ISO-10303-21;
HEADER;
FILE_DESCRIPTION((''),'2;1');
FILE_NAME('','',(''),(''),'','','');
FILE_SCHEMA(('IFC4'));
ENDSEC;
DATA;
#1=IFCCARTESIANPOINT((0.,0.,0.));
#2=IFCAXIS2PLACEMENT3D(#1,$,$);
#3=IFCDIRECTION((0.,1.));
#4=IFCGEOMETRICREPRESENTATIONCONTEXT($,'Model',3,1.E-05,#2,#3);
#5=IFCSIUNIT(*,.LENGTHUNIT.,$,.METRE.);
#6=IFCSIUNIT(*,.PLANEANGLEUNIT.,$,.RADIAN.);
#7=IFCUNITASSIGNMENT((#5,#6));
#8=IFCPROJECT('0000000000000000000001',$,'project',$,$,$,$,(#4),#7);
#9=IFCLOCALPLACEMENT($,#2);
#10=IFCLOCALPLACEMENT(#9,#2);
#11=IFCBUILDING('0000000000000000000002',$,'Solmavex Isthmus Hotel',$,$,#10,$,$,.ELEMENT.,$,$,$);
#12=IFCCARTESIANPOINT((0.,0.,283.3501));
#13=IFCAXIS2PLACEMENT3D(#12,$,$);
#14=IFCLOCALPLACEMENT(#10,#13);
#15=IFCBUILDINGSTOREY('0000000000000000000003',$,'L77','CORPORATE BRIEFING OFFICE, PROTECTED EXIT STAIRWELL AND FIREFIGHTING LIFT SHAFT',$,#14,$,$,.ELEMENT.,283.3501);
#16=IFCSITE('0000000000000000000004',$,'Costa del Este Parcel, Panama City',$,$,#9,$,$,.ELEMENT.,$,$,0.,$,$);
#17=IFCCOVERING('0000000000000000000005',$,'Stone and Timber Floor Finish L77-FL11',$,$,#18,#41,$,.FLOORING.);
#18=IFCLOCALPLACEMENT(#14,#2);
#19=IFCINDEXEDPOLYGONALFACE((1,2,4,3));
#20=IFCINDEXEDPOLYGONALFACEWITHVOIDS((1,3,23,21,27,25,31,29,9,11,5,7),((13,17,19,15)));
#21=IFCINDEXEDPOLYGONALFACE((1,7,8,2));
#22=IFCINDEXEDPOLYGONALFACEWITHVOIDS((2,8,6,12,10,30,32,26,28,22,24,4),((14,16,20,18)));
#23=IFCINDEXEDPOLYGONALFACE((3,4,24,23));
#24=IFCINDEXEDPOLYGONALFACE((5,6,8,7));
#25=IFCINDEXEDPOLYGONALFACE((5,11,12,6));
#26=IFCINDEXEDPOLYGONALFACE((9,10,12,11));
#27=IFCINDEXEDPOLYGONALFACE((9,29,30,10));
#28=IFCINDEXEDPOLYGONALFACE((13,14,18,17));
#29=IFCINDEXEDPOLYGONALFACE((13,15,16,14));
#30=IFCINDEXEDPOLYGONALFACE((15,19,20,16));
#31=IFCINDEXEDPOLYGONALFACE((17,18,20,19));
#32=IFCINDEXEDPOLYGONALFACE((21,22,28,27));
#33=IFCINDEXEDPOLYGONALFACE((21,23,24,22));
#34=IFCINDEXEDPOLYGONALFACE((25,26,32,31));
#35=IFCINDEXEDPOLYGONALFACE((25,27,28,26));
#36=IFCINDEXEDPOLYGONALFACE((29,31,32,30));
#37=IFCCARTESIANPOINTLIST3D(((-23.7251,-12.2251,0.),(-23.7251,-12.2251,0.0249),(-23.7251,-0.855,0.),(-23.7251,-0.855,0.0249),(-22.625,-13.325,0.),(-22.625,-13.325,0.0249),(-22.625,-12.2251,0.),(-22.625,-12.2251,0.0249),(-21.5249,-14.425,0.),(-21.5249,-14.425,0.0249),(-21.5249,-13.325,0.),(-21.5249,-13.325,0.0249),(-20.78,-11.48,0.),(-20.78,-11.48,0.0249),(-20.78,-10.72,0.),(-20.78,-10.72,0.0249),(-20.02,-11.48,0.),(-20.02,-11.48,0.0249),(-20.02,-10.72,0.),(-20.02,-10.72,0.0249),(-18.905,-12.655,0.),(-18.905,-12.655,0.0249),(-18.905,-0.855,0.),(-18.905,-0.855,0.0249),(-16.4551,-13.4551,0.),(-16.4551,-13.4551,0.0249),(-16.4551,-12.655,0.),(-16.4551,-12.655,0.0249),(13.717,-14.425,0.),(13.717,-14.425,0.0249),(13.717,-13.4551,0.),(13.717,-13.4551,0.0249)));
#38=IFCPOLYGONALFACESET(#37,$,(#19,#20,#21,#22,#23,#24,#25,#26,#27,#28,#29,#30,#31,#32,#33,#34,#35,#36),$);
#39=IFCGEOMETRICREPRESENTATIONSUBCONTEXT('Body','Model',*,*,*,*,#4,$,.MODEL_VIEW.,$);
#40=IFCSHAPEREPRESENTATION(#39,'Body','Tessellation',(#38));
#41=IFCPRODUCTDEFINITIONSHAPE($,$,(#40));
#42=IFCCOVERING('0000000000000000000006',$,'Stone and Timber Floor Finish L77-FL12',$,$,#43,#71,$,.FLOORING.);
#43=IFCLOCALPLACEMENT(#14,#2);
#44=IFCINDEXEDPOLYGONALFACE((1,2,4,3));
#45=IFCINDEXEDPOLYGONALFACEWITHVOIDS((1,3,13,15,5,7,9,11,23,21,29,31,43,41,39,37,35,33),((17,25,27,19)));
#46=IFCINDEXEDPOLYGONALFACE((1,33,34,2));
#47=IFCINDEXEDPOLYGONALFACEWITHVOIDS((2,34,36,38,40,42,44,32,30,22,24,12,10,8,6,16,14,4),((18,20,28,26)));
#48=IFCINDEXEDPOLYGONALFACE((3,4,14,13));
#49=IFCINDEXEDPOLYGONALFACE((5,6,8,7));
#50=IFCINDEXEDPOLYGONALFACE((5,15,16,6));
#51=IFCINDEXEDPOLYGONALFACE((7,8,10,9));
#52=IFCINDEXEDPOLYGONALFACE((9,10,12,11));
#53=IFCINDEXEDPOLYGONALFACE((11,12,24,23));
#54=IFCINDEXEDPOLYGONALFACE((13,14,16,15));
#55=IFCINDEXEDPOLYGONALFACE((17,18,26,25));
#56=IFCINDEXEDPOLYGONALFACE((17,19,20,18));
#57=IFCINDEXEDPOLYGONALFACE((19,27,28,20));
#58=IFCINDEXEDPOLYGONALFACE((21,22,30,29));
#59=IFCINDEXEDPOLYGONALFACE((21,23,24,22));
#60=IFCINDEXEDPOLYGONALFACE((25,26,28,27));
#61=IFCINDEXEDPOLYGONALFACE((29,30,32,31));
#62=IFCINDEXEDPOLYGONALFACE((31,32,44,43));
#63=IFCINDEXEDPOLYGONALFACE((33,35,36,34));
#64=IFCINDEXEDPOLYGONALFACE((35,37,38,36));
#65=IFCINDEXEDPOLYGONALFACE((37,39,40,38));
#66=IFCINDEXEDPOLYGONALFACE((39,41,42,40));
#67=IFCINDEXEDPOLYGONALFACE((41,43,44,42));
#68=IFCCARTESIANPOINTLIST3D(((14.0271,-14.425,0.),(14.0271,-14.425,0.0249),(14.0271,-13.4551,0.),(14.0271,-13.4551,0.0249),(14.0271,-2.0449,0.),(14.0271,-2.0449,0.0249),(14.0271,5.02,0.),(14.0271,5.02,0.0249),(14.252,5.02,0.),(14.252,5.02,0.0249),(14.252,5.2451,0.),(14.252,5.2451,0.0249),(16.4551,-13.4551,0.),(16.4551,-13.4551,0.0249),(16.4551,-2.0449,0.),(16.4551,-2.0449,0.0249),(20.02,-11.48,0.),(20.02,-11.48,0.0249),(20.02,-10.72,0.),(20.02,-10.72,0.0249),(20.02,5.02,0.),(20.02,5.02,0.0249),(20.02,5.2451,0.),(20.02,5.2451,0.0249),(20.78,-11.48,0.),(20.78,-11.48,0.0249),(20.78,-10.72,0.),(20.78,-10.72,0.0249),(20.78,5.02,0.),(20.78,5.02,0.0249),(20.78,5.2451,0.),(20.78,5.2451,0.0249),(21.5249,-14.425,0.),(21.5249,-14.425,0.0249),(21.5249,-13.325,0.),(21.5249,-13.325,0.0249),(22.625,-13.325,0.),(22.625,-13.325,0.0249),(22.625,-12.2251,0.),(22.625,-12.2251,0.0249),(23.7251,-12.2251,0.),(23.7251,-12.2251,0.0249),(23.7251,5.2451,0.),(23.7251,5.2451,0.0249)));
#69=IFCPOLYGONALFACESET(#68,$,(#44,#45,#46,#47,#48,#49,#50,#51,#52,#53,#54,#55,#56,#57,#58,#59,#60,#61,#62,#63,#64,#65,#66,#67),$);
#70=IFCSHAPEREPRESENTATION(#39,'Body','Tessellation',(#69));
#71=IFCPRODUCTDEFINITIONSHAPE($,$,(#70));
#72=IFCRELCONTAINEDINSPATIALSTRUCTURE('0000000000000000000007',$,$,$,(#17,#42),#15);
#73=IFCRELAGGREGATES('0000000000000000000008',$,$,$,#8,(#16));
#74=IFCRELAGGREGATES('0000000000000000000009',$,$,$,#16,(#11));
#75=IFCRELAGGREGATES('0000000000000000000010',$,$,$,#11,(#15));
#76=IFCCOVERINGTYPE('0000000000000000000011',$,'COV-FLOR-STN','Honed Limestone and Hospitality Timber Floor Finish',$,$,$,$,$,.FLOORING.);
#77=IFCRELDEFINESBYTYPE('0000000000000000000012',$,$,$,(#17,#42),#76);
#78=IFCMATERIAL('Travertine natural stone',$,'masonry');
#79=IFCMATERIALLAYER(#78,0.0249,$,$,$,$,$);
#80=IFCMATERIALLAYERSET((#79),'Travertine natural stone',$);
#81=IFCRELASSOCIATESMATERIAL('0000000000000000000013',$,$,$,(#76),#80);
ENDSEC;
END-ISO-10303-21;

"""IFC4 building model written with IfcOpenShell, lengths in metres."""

from ifc_helpers import new_model, si_unit, direction, frame, origin, place, context, subcontext, project, spatial, polyline, outline, extrude, material, layer, layer_set, type_object, element, save


model = new_model("IFC4")

# Units and contexts
model_context = context("Model", 3, precision=1e-05, world=origin(), true_north=direction((0.0, 1.0)))
body_context = subcontext(model_context, "Body", "Model", "MODEL_VIEW")
ifc_project = project(units=[si_unit("LENGTHUNIT", "METRE"), si_unit("PLANEANGLEUNIT", "RADIAN")], contexts=[model_context])

# Site, building, storey
site_placement = place(None, origin())
site = spatial("IfcSite", under=ifc_project, at=site_placement, Name="Costa del Este Parcel, Panama City", CompositionType="ELEMENT", RefElevation=0.0)
building_placement = place(site_placement, origin())
building = spatial("IfcBuilding", under=site, at=building_placement, Name="Solmavex Isthmus Hotel", CompositionType="ELEMENT")
storey_placement = place(building_placement, frame((0.0, 0.0, 283.3501)))
storey = spatial("IfcBuildingStorey", under=building, at=storey_placement, Name="L77", Description="CORPORATE BRIEFING OFFICE, PROTECTED EXIT STAIRWELL AND FIREFIGHTING LIFT SHAFT", CompositionType="ELEMENT", Elevation=283.3501)

# Coverings
ifc_material_1 = material(Name="Travertine natural stone", Category="masonry")
ifc_layer_1 = layer(ifc_material_1, 0.0249)
ifc_layer_set_1 = layer_set([ifc_layer_1], Name="Travertine natural stone")
covering_type_1 = type_object("IfcCoveringType", Name="COV-FLOR-STN", Description="Honed Limestone and Hospitality Timber Floor Finish", PredefinedType="FLOORING", material=ifc_layer_set_1)
covering_1_placement = place(storey_placement, origin())
element("IfcCovering", 1, at=covering_1_placement, inside=storey, type_object=covering_type_1, Name="Stone and Timber Floor Finish L77-FL11", PredefinedType="FLOORING", context=body_context, shape_type="SweptSolid", body=[
    extrude(outline(polyline([(-16.4551, -12.655), (-18.905, -12.655), (-18.905, -0.855), (-23.7251, -0.855), (-23.7251, -12.2251), (-22.625, -12.2251), (-22.625, -13.325), (-21.5249, -13.325), (-21.5249, -14.425), (13.717, -14.425), (13.717, -13.4551), (-16.4551, -13.4551), (-16.4551, -12.655)]), holes=[polyline([(-20.78, -11.48), (-20.78, -10.72), (-20.02, -10.72), (-20.02, -11.48), (-20.78, -11.48)])]), origin(), (0.0, 0.0, 1.0), 0.0249),
])
covering_2_placement = place(storey_placement, origin())
element("IfcCovering", 2, at=covering_2_placement, inside=storey, type_object=covering_type_1, Name="Stone and Timber Floor Finish L77-FL12", PredefinedType="FLOORING", context=body_context, shape_type="SweptSolid", body=[
    extrude(outline(polyline([(14.252, 5.2451), (14.252, 5.02), (14.0271, 5.02), (14.0271, -2.0449), (16.4551, -2.0449), (16.4551, -13.4551), (14.0271, -13.4551), (14.0271, -14.425), (21.5249, -14.425), (21.5249, -13.325), (22.625, -13.325), (22.625, -12.2251), (23.7251, -12.2251), (23.7251, 5.2451), (20.78, 5.2451), (20.78, 5.02), (20.02, 5.02), (20.02, 5.2451), (14.252, 5.2451)]), holes=[polyline([(20.02, -11.48), (20.02, -10.72), (20.78, -10.72), (20.78, -11.48), (20.02, -11.48)])]), origin(), (0.0, 0.0, 1.0), 0.0249),
])

save(model, "model.ifc")
